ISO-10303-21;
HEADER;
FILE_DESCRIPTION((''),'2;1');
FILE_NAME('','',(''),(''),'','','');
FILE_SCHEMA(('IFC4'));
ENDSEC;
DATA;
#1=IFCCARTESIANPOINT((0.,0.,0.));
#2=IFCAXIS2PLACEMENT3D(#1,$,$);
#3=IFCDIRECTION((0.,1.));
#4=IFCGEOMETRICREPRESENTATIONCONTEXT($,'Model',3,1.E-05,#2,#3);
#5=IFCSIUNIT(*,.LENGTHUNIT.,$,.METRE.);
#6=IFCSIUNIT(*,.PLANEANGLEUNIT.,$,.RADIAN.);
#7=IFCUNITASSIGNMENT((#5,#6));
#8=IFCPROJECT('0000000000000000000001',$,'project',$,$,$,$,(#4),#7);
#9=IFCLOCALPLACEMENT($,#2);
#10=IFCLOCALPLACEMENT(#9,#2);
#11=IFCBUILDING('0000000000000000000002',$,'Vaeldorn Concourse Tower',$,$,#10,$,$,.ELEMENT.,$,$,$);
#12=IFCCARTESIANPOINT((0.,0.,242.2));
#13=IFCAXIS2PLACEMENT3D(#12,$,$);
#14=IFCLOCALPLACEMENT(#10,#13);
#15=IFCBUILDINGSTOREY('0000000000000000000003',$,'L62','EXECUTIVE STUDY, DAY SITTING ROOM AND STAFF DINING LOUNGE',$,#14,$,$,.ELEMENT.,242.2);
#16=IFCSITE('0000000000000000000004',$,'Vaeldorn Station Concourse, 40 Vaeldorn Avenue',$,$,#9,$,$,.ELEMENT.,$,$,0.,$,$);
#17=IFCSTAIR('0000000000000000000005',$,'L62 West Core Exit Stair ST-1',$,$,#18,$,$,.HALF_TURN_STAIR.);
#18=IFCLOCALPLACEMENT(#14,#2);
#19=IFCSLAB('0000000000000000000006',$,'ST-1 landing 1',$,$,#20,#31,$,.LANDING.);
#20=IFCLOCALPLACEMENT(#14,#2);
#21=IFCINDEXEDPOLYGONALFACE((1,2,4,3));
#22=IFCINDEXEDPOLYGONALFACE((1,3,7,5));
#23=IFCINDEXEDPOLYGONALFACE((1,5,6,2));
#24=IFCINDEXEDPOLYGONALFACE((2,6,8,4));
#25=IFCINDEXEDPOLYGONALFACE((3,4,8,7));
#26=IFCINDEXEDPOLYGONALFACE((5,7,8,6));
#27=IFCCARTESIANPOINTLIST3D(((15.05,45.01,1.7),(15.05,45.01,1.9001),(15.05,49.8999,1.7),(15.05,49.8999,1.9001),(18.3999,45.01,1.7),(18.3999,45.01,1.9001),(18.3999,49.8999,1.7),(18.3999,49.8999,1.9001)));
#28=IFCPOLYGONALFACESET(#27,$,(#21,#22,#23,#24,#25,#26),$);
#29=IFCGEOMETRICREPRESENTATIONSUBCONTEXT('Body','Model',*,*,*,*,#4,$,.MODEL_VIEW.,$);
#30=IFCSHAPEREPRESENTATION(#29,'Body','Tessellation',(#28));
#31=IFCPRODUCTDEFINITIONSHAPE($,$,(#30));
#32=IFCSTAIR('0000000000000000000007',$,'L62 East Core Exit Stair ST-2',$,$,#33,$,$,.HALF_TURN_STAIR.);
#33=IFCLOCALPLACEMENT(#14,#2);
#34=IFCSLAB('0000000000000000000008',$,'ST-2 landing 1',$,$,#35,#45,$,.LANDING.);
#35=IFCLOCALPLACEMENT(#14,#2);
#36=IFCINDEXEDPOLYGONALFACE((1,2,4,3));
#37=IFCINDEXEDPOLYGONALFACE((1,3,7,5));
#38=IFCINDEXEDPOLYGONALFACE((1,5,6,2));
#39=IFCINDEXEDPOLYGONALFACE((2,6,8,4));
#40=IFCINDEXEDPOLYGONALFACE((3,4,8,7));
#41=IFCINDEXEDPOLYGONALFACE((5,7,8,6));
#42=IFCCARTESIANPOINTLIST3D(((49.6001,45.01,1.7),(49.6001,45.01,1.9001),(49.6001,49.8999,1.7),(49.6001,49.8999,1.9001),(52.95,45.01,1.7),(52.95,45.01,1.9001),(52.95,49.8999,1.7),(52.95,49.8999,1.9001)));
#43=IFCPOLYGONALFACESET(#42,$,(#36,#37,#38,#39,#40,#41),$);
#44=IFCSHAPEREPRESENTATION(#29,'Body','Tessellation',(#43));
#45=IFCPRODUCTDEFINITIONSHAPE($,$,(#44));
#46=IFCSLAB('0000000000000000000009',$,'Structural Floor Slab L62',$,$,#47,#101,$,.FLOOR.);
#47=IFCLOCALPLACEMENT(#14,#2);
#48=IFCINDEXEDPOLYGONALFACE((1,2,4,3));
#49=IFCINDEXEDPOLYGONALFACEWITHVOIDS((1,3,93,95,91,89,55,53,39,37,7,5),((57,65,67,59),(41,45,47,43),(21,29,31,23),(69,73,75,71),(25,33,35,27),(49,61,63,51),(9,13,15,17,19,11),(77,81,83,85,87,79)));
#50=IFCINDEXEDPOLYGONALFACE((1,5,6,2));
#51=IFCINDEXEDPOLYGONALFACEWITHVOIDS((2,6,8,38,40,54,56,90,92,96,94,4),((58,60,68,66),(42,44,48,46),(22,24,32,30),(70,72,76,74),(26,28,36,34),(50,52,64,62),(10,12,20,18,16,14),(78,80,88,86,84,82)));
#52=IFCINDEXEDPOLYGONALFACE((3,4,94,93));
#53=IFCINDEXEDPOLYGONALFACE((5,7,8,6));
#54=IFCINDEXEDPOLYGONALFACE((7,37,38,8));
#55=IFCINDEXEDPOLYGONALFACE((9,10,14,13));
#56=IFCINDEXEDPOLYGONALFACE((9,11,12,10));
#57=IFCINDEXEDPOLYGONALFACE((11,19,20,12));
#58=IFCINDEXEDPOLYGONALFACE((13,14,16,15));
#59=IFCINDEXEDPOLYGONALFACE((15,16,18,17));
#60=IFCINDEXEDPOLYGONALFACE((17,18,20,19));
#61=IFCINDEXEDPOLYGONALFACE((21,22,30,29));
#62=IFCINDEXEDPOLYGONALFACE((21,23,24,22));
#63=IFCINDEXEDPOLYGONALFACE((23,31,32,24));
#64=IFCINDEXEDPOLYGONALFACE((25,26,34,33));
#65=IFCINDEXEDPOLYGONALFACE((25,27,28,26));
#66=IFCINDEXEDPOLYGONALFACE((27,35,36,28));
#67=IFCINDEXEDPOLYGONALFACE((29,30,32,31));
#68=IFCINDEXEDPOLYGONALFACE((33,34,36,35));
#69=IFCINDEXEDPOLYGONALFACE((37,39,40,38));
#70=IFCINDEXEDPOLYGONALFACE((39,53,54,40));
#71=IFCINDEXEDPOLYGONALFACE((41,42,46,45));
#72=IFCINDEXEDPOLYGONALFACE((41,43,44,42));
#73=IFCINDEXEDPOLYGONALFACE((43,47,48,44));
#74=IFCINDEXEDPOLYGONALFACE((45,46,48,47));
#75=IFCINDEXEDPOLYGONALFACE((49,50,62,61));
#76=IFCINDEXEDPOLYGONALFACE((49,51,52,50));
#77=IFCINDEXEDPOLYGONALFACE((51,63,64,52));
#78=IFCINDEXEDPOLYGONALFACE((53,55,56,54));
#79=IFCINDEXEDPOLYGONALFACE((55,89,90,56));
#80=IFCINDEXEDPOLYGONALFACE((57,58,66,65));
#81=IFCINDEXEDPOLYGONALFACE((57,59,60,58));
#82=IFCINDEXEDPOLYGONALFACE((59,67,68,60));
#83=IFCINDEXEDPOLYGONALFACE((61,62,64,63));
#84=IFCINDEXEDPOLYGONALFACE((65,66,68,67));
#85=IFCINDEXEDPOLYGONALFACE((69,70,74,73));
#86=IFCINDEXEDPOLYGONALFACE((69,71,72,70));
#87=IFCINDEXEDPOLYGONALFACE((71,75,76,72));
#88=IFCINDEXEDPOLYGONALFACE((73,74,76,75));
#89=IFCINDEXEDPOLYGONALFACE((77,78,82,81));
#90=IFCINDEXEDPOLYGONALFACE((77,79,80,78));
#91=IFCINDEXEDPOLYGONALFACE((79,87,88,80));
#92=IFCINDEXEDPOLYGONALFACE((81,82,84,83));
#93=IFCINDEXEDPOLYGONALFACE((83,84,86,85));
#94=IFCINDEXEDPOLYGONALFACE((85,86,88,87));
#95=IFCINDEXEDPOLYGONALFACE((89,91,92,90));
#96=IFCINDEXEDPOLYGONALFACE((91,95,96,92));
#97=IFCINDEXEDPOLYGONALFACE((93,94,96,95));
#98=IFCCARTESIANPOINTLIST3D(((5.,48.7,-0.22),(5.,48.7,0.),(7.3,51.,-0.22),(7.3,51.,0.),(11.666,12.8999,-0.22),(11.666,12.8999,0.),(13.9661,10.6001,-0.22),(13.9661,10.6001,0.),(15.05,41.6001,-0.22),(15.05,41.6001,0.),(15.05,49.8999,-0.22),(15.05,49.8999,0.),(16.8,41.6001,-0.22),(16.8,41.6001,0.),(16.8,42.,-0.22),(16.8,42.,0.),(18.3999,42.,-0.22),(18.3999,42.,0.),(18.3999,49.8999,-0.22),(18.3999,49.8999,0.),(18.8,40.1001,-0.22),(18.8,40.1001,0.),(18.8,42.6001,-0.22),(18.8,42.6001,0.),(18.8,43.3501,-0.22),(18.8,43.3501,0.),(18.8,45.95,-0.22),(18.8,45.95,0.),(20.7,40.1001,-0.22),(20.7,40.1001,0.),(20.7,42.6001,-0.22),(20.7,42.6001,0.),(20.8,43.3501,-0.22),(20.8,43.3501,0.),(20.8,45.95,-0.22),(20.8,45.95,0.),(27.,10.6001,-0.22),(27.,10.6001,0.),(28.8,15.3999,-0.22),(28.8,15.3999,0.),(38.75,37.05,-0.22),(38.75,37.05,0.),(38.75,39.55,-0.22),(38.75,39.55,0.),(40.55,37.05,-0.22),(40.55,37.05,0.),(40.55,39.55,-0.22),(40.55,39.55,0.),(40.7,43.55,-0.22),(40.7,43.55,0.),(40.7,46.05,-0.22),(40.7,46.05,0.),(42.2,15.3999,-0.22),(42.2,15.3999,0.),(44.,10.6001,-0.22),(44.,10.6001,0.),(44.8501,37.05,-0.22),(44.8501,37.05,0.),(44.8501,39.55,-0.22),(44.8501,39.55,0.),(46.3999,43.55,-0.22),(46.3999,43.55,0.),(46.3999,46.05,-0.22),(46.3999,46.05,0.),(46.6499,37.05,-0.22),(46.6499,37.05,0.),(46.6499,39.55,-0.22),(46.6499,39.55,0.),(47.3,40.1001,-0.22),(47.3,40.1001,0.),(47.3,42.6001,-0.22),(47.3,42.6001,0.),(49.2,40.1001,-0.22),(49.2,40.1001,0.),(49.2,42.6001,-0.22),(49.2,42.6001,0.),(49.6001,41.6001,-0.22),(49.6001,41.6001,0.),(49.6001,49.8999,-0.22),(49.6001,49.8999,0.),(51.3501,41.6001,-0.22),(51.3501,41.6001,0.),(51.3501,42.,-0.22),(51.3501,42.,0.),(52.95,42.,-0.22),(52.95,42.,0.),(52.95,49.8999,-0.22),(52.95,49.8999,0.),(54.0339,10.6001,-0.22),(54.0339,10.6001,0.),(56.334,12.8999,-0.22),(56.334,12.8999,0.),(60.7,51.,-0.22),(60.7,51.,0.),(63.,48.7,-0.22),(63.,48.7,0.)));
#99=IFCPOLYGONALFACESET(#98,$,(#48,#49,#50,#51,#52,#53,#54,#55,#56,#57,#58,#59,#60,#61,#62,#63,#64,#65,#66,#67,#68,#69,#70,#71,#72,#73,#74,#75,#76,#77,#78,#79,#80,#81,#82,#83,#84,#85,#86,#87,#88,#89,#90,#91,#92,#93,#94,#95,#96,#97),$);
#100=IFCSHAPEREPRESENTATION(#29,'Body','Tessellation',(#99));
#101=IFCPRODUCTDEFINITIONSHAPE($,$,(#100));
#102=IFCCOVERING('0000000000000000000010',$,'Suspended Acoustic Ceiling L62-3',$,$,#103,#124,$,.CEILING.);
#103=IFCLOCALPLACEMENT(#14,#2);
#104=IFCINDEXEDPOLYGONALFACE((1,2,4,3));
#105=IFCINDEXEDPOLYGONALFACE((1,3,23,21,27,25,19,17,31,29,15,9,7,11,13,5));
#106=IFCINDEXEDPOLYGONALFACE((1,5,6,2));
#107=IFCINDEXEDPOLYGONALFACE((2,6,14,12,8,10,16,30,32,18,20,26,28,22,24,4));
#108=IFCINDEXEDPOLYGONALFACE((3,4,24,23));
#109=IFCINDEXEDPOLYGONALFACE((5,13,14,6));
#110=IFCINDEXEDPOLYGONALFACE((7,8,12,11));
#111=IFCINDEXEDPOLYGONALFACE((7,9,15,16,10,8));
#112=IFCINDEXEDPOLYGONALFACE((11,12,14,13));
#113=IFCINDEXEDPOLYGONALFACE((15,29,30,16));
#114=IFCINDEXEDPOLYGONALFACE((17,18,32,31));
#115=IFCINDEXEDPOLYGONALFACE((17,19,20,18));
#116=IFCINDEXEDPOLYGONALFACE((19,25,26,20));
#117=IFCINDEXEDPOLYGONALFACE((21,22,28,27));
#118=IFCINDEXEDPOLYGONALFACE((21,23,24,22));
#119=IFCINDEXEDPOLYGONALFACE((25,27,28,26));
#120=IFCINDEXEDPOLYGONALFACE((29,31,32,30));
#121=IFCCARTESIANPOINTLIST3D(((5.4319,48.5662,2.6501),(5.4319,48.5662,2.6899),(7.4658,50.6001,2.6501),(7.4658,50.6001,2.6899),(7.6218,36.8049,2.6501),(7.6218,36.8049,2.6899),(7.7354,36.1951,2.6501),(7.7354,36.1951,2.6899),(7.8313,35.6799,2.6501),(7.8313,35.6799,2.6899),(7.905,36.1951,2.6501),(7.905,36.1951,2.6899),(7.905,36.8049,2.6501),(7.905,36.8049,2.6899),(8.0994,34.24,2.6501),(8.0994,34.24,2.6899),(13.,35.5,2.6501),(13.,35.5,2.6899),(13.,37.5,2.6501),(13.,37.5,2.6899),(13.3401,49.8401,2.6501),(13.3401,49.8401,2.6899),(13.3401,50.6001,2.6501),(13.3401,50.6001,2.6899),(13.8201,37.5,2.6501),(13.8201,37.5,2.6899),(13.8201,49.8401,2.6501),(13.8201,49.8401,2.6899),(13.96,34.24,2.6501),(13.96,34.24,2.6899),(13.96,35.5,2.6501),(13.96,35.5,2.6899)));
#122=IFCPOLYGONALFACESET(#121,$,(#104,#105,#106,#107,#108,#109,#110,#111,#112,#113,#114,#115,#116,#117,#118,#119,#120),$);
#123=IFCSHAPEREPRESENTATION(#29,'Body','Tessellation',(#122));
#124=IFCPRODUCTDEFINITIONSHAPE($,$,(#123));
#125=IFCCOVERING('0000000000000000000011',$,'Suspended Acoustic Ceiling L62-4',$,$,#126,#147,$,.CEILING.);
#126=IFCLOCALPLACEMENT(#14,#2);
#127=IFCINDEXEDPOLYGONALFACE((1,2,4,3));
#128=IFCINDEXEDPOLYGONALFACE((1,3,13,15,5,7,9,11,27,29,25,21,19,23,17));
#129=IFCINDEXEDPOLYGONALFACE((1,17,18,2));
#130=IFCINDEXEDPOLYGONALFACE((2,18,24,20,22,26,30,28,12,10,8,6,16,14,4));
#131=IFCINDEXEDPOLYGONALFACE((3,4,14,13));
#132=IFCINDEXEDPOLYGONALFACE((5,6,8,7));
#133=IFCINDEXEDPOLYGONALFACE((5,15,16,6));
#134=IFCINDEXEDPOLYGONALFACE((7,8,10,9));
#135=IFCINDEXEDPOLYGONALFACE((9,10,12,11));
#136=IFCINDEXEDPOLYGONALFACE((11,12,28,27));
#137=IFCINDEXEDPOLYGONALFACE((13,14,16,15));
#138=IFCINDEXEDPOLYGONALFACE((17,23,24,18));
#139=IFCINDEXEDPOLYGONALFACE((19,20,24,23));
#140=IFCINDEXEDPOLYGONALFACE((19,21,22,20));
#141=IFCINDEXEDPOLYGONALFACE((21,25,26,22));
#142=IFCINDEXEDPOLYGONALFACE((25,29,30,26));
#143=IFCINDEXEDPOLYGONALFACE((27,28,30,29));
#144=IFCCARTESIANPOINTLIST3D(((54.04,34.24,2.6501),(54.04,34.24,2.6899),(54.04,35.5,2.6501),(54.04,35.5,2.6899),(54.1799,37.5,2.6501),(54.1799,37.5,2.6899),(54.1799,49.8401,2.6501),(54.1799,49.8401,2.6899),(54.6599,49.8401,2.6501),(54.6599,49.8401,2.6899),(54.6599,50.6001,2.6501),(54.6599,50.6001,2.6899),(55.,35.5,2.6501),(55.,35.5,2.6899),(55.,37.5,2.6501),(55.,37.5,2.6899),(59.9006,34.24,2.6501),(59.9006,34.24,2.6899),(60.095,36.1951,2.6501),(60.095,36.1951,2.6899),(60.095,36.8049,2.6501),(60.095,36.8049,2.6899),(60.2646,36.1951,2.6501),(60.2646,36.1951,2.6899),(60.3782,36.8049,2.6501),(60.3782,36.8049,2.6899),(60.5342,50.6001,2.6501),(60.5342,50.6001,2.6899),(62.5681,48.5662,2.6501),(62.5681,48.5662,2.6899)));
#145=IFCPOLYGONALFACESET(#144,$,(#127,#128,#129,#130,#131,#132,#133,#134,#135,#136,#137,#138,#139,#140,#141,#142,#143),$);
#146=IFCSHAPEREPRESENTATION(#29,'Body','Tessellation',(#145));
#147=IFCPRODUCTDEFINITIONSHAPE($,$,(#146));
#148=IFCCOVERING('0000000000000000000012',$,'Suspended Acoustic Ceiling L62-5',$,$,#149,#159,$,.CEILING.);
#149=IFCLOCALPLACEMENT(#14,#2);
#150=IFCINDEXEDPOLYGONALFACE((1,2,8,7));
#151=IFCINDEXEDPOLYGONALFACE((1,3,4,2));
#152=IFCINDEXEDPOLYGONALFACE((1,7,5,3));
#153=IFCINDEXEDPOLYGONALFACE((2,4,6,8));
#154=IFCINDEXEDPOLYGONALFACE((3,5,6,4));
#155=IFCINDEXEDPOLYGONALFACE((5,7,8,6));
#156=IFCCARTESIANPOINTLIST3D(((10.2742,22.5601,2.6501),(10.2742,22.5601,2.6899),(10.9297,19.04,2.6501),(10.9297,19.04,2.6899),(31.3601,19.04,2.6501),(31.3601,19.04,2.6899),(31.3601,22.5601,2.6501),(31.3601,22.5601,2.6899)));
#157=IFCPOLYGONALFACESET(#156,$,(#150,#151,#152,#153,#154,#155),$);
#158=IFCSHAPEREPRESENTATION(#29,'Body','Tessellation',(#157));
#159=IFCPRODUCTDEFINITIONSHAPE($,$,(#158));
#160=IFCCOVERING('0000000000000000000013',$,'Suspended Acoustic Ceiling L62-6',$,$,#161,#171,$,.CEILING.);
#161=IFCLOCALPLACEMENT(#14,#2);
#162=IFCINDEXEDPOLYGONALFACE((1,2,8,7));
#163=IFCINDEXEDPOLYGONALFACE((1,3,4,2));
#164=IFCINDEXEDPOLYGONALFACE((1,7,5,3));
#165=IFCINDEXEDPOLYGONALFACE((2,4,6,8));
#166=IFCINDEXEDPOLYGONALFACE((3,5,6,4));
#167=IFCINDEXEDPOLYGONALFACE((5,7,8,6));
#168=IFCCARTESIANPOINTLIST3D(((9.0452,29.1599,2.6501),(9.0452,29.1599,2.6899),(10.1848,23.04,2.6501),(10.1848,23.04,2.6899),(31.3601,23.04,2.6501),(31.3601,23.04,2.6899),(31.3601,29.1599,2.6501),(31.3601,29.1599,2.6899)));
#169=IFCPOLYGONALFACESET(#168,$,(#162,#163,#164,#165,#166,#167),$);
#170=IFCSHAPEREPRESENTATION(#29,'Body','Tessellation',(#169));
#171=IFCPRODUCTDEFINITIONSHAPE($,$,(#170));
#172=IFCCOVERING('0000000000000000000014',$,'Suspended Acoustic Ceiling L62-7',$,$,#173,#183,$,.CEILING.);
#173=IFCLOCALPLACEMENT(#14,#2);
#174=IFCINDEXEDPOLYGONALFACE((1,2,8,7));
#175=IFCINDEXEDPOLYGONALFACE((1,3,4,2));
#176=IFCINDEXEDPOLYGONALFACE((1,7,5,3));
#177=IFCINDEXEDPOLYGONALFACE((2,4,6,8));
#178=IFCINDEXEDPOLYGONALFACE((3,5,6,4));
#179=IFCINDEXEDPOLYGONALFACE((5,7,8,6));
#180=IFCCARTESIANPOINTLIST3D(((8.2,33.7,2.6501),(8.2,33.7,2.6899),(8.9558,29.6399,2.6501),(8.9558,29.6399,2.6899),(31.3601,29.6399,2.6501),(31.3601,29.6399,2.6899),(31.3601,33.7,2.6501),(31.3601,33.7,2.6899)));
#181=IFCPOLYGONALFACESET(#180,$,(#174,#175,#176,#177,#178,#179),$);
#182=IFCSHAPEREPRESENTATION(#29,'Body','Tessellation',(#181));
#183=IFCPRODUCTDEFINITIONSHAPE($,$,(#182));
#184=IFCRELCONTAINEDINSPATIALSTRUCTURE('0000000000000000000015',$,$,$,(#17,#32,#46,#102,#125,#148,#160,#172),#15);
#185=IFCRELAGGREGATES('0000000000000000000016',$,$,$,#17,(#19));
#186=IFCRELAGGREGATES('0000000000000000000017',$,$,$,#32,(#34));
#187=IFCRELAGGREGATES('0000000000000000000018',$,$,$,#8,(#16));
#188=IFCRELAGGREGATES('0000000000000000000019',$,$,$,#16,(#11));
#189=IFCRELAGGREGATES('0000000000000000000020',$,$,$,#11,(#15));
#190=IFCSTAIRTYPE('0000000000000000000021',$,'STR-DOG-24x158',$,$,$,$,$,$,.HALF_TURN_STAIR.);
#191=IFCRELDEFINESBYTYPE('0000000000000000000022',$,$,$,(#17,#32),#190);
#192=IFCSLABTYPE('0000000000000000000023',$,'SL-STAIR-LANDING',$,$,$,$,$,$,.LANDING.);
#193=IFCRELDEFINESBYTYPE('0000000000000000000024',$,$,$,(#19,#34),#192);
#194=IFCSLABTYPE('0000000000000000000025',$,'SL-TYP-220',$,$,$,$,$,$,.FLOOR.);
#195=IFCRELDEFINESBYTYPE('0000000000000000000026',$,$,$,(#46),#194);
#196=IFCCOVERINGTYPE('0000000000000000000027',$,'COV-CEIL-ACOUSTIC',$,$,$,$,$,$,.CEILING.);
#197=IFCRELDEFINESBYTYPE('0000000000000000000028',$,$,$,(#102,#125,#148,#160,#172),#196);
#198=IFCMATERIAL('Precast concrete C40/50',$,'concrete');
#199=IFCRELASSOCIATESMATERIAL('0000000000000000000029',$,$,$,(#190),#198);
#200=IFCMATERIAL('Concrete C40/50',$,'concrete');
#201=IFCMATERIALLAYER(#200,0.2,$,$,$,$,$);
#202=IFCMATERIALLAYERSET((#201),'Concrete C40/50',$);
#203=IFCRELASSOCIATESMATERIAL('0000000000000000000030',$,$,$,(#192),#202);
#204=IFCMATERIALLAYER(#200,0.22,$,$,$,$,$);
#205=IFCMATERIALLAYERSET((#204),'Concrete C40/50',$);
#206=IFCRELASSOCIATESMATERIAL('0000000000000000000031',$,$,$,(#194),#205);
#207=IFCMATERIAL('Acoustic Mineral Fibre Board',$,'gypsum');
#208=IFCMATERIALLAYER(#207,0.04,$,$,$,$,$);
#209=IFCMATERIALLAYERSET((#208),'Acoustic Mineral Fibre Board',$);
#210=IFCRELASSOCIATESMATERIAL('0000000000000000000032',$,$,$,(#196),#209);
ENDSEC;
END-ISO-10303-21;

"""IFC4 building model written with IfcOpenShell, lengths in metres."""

from ifc_helpers import new_model, si_unit, direction, frame, origin, place, context, subcontext, project, spatial, polyline, outline, extrude, material, layer, layer_set, type_object, element, aggregate, save


model = new_model("IFC4")

# Units and contexts
model_context = context("Model", 3, precision=1e-05, world=origin(), true_north=direction((0.0, 1.0)))
body_context = subcontext(model_context, "Body", "Model", "MODEL_VIEW")
ifc_project = project(units=[si_unit("LENGTHUNIT", "METRE"), si_unit("PLANEANGLEUNIT", "RADIAN")], contexts=[model_context])

# Site, building, storey
site_placement = place(None, origin())
site = spatial("IfcSite", under=ifc_project, at=site_placement, Name="Vaeldorn Station Concourse, 40 Vaeldorn Avenue", CompositionType="ELEMENT", RefElevation=0.0)
building_placement = place(site_placement, origin())
building = spatial("IfcBuilding", under=site, at=building_placement, Name="Vaeldorn Concourse Tower", CompositionType="ELEMENT")
storey_placement = place(building_placement, frame((0.0, 0.0, 242.2)))
storey = spatial("IfcBuildingStorey", under=building, at=storey_placement, Name="L62", Description="EXECUTIVE STUDY, DAY SITTING ROOM AND STAFF DINING LOUNGE", CompositionType="ELEMENT", Elevation=242.2)

# Stairs, slabs
ifc_material_1 = material(Name="Precast concrete C40/50", Category="concrete")
stair_type = type_object("IfcStairType", Name="STR-DOG-24x158", PredefinedType="HALF_TURN_STAIR", material=ifc_material_1)
stair_1_placement = place(storey_placement, origin())
stair_1 = element("IfcStair", 1, at=stair_1_placement, inside=storey, type_object=stair_type, Name="L62 West Core Exit Stair ST-1", PredefinedType="HALF_TURN_STAIR")
ifc_material_2 = material(Name="Concrete C40/50", Category="concrete")
ifc_layer_1 = layer(ifc_material_2, 0.2)
ifc_layer_set_1 = layer_set([ifc_layer_1], Name="Concrete C40/50")
slab_type_1 = type_object("IfcSlabType", Name="SL-STAIR-LANDING", PredefinedType="LANDING", material=ifc_layer_set_1)
slab_1_placement = place(storey_placement, frame((0.0, 0.0, 1.7)))
slab_1 = element("IfcSlab", 2, at=slab_1_placement, type_object=slab_type_1, Name="ST-1 landing 1", PredefinedType="LANDING", context=body_context, shape_type="SweptSolid", body=[
    extrude(outline(polyline([(18.3999, 45.01), (18.3999, 49.8999), (15.05, 49.8999), (15.05, 45.01), (18.3999, 45.01)])), origin(), (0.0, 0.0, 1.0), 0.2002),
])
aggregate(stair_1, [slab_1])
stair_2_placement = place(storey_placement, origin())
stair_2 = element("IfcStair", 3, at=stair_2_placement, inside=storey, type_object=stair_type, Name="L62 East Core Exit Stair ST-2", PredefinedType="HALF_TURN_STAIR")
slab_2_placement = place(storey_placement, frame((0.0, 0.0, 1.7)))
slab_2 = element("IfcSlab", 4, at=slab_2_placement, type_object=slab_type_1, Name="ST-2 landing 1", PredefinedType="LANDING", context=body_context, shape_type="SweptSolid", body=[
    extrude(outline(polyline([(52.95, 45.01), (52.95, 49.8999), (49.6001, 49.8999), (49.6001, 45.01), (52.95, 45.01)])), origin(), (0.0, 0.0, 1.0), 0.2002),
])
aggregate(stair_2, [slab_2])

# Slab
ifc_layer_2 = layer(ifc_material_2, 0.22)
ifc_layer_set_2 = layer_set([ifc_layer_2], Name="Concrete C40/50")
slab_type_2 = type_object("IfcSlabType", Name="SL-TYP-220", PredefinedType="FLOOR", material=ifc_layer_set_2)
slab_3_placement = place(storey_placement, frame((0.0, 0.0, -0.22)))
element("IfcSlab", 5, at=slab_3_placement, inside=storey, type_object=slab_type_2, Name="Structural Floor Slab L62", PredefinedType="FLOOR", context=body_context, shape_type="SweptSolid", body=[
    extrude(outline(polyline([(13.9661, 10.6001), (27.0, 10.6001), (28.8, 15.3999), (42.2, 15.3999), (44.0, 10.6001), (54.0339, 10.6001), (56.334, 12.8999), (63.0, 48.7), (60.7, 51.0), (7.3, 51.0), (5.0, 48.7), (11.666, 12.8999), (13.9661, 10.6001)]), holes=[polyline([(18.3999, 42.0), (18.3999, 49.8999), (15.05, 49.8999), (15.05, 41.6001), (16.8, 41.6001), (16.8, 42.0), (18.3999, 42.0)]), polyline([(52.95, 42.0), (52.95, 49.8999), (49.6001, 49.8999), (49.6001, 41.6001), (51.3501, 41.6001), (51.3501, 42.0), (52.95, 42.0)]), polyline([(38.75, 37.05), (40.55, 37.05), (40.55, 39.55), (38.75, 39.55), (38.75, 37.05)]), polyline([(44.8501, 37.05), (46.6499, 37.05), (46.6499, 39.55), (44.8501, 39.55), (44.8501, 37.05)]), polyline([(40.7, 43.55), (46.3999, 43.55), (46.3999, 46.05), (40.7, 46.05), (40.7, 43.55)]), polyline([(18.8, 43.3501), (20.8, 43.3501), (20.8, 45.95), (18.8, 45.95), (18.8, 43.3501)]), polyline([(18.8, 40.1001), (20.7, 40.1001), (20.7, 42.6001), (18.8, 42.6001), (18.8, 40.1001)]), polyline([(47.3, 40.1001), (49.2, 40.1001), (49.2, 42.6001), (47.3, 42.6001), (47.3, 40.1001)])]), origin(), (0.0, 0.0, 1.0), 0.22),
])

# Coverings
ifc_material_3 = material(Name="Acoustic Mineral Fibre Board", Category="gypsum")
ifc_layer_3 = layer(ifc_material_3, 0.04)
ifc_layer_set_3 = layer_set([ifc_layer_3], Name="Acoustic Mineral Fibre Board")
covering_type_1 = type_object("IfcCoveringType", Name="COV-CEIL-ACOUSTIC", PredefinedType="CEILING", material=ifc_layer_set_3)
covering_1_placement = place(storey_placement, frame((0.0, 0.0, 2.6501)))
element("IfcCovering", 6, at=covering_1_placement, inside=storey, type_object=covering_type_1, Name="Suspended Acoustic Ceiling L62-3", PredefinedType="CEILING", context=body_context, shape_type="SweptSolid", body=[
    extrude(outline(polyline([(7.4658, 50.6001), (13.3401, 50.6001), (13.3401, 49.8401), (13.8201, 49.8401), (13.8201, 37.5), (13.0, 37.5), (13.0, 35.5), (13.96, 35.5), (13.96, 34.24), (8.0994, 34.24), (7.8313, 35.6799), (7.8313, 35.6799), (7.7354, 36.1951), (7.905, 36.1951), (7.905, 36.8049), (7.6218, 36.8049), (5.4319, 48.5662), (7.4658, 50.6001)])), origin(), (0.0, 0.0, 1.0), 0.0398),
])
covering_2_placement = place(storey_placement, frame((0.0, 0.0, 2.6501)))
element("IfcCovering", 7, at=covering_2_placement, inside=storey, type_object=covering_type_1, Name="Suspended Acoustic Ceiling L62-4", PredefinedType="CEILING", context=body_context, shape_type="SweptSolid", body=[
    extrude(outline(polyline([(54.1799, 49.8401), (54.6599, 49.8401), (54.6599, 50.6001), (60.5342, 50.6001), (62.5681, 48.5662), (60.3782, 36.8049), (60.095, 36.8049), (60.095, 36.1951), (60.2646, 36.1951), (59.9006, 34.24), (54.04, 34.24), (54.04, 35.5), (55.0, 35.5), (55.0, 37.5), (54.1799, 37.5), (54.1799, 49.8401)])), origin(), (0.0, 0.0, 1.0), 0.0398),
])
covering_3_placement = place(storey_placement, frame((0.0, 0.0, 2.6501)))
element("IfcCovering", 8, at=covering_3_placement, inside=storey, type_object=covering_type_1, Name="Suspended Acoustic Ceiling L62-5", PredefinedType="CEILING", context=body_context, shape_type="SweptSolid", body=[
    extrude(outline(polyline([(31.3601, 22.5601), (31.3601, 19.04), (10.9297, 19.04), (10.2742, 22.5601), (31.3601, 22.5601)])), origin(), (0.0, 0.0, 1.0), 0.0398),
])
covering_4_placement = place(storey_placement, frame((0.0, 0.0, 2.6501)))
element("IfcCovering", 9, at=covering_4_placement, inside=storey, type_object=covering_type_1, Name="Suspended Acoustic Ceiling L62-6", PredefinedType="CEILING", context=body_context, shape_type="SweptSolid", body=[
    extrude(outline(polyline([(31.3601, 29.1599), (31.3601, 23.04), (10.1848, 23.04), (9.0452, 29.1599), (31.3601, 29.1599)])), origin(), (0.0, 0.0, 1.0), 0.0398),
])
covering_5_placement = place(storey_placement, frame((0.0, 0.0, 2.6501)))
element("IfcCovering", 10, at=covering_5_placement, inside=storey, type_object=covering_type_1, Name="Suspended Acoustic Ceiling L62-7", PredefinedType="CEILING", context=body_context, shape_type="SweptSolid", body=[
    extrude(outline(polyline([(31.3601, 33.7), (31.3601, 29.6399), (8.9558, 29.6399), (8.2, 33.7), (31.3601, 33.7)])), origin(), (0.0, 0.0, 1.0), 0.0398),
])

save(model, "model.ifc")
